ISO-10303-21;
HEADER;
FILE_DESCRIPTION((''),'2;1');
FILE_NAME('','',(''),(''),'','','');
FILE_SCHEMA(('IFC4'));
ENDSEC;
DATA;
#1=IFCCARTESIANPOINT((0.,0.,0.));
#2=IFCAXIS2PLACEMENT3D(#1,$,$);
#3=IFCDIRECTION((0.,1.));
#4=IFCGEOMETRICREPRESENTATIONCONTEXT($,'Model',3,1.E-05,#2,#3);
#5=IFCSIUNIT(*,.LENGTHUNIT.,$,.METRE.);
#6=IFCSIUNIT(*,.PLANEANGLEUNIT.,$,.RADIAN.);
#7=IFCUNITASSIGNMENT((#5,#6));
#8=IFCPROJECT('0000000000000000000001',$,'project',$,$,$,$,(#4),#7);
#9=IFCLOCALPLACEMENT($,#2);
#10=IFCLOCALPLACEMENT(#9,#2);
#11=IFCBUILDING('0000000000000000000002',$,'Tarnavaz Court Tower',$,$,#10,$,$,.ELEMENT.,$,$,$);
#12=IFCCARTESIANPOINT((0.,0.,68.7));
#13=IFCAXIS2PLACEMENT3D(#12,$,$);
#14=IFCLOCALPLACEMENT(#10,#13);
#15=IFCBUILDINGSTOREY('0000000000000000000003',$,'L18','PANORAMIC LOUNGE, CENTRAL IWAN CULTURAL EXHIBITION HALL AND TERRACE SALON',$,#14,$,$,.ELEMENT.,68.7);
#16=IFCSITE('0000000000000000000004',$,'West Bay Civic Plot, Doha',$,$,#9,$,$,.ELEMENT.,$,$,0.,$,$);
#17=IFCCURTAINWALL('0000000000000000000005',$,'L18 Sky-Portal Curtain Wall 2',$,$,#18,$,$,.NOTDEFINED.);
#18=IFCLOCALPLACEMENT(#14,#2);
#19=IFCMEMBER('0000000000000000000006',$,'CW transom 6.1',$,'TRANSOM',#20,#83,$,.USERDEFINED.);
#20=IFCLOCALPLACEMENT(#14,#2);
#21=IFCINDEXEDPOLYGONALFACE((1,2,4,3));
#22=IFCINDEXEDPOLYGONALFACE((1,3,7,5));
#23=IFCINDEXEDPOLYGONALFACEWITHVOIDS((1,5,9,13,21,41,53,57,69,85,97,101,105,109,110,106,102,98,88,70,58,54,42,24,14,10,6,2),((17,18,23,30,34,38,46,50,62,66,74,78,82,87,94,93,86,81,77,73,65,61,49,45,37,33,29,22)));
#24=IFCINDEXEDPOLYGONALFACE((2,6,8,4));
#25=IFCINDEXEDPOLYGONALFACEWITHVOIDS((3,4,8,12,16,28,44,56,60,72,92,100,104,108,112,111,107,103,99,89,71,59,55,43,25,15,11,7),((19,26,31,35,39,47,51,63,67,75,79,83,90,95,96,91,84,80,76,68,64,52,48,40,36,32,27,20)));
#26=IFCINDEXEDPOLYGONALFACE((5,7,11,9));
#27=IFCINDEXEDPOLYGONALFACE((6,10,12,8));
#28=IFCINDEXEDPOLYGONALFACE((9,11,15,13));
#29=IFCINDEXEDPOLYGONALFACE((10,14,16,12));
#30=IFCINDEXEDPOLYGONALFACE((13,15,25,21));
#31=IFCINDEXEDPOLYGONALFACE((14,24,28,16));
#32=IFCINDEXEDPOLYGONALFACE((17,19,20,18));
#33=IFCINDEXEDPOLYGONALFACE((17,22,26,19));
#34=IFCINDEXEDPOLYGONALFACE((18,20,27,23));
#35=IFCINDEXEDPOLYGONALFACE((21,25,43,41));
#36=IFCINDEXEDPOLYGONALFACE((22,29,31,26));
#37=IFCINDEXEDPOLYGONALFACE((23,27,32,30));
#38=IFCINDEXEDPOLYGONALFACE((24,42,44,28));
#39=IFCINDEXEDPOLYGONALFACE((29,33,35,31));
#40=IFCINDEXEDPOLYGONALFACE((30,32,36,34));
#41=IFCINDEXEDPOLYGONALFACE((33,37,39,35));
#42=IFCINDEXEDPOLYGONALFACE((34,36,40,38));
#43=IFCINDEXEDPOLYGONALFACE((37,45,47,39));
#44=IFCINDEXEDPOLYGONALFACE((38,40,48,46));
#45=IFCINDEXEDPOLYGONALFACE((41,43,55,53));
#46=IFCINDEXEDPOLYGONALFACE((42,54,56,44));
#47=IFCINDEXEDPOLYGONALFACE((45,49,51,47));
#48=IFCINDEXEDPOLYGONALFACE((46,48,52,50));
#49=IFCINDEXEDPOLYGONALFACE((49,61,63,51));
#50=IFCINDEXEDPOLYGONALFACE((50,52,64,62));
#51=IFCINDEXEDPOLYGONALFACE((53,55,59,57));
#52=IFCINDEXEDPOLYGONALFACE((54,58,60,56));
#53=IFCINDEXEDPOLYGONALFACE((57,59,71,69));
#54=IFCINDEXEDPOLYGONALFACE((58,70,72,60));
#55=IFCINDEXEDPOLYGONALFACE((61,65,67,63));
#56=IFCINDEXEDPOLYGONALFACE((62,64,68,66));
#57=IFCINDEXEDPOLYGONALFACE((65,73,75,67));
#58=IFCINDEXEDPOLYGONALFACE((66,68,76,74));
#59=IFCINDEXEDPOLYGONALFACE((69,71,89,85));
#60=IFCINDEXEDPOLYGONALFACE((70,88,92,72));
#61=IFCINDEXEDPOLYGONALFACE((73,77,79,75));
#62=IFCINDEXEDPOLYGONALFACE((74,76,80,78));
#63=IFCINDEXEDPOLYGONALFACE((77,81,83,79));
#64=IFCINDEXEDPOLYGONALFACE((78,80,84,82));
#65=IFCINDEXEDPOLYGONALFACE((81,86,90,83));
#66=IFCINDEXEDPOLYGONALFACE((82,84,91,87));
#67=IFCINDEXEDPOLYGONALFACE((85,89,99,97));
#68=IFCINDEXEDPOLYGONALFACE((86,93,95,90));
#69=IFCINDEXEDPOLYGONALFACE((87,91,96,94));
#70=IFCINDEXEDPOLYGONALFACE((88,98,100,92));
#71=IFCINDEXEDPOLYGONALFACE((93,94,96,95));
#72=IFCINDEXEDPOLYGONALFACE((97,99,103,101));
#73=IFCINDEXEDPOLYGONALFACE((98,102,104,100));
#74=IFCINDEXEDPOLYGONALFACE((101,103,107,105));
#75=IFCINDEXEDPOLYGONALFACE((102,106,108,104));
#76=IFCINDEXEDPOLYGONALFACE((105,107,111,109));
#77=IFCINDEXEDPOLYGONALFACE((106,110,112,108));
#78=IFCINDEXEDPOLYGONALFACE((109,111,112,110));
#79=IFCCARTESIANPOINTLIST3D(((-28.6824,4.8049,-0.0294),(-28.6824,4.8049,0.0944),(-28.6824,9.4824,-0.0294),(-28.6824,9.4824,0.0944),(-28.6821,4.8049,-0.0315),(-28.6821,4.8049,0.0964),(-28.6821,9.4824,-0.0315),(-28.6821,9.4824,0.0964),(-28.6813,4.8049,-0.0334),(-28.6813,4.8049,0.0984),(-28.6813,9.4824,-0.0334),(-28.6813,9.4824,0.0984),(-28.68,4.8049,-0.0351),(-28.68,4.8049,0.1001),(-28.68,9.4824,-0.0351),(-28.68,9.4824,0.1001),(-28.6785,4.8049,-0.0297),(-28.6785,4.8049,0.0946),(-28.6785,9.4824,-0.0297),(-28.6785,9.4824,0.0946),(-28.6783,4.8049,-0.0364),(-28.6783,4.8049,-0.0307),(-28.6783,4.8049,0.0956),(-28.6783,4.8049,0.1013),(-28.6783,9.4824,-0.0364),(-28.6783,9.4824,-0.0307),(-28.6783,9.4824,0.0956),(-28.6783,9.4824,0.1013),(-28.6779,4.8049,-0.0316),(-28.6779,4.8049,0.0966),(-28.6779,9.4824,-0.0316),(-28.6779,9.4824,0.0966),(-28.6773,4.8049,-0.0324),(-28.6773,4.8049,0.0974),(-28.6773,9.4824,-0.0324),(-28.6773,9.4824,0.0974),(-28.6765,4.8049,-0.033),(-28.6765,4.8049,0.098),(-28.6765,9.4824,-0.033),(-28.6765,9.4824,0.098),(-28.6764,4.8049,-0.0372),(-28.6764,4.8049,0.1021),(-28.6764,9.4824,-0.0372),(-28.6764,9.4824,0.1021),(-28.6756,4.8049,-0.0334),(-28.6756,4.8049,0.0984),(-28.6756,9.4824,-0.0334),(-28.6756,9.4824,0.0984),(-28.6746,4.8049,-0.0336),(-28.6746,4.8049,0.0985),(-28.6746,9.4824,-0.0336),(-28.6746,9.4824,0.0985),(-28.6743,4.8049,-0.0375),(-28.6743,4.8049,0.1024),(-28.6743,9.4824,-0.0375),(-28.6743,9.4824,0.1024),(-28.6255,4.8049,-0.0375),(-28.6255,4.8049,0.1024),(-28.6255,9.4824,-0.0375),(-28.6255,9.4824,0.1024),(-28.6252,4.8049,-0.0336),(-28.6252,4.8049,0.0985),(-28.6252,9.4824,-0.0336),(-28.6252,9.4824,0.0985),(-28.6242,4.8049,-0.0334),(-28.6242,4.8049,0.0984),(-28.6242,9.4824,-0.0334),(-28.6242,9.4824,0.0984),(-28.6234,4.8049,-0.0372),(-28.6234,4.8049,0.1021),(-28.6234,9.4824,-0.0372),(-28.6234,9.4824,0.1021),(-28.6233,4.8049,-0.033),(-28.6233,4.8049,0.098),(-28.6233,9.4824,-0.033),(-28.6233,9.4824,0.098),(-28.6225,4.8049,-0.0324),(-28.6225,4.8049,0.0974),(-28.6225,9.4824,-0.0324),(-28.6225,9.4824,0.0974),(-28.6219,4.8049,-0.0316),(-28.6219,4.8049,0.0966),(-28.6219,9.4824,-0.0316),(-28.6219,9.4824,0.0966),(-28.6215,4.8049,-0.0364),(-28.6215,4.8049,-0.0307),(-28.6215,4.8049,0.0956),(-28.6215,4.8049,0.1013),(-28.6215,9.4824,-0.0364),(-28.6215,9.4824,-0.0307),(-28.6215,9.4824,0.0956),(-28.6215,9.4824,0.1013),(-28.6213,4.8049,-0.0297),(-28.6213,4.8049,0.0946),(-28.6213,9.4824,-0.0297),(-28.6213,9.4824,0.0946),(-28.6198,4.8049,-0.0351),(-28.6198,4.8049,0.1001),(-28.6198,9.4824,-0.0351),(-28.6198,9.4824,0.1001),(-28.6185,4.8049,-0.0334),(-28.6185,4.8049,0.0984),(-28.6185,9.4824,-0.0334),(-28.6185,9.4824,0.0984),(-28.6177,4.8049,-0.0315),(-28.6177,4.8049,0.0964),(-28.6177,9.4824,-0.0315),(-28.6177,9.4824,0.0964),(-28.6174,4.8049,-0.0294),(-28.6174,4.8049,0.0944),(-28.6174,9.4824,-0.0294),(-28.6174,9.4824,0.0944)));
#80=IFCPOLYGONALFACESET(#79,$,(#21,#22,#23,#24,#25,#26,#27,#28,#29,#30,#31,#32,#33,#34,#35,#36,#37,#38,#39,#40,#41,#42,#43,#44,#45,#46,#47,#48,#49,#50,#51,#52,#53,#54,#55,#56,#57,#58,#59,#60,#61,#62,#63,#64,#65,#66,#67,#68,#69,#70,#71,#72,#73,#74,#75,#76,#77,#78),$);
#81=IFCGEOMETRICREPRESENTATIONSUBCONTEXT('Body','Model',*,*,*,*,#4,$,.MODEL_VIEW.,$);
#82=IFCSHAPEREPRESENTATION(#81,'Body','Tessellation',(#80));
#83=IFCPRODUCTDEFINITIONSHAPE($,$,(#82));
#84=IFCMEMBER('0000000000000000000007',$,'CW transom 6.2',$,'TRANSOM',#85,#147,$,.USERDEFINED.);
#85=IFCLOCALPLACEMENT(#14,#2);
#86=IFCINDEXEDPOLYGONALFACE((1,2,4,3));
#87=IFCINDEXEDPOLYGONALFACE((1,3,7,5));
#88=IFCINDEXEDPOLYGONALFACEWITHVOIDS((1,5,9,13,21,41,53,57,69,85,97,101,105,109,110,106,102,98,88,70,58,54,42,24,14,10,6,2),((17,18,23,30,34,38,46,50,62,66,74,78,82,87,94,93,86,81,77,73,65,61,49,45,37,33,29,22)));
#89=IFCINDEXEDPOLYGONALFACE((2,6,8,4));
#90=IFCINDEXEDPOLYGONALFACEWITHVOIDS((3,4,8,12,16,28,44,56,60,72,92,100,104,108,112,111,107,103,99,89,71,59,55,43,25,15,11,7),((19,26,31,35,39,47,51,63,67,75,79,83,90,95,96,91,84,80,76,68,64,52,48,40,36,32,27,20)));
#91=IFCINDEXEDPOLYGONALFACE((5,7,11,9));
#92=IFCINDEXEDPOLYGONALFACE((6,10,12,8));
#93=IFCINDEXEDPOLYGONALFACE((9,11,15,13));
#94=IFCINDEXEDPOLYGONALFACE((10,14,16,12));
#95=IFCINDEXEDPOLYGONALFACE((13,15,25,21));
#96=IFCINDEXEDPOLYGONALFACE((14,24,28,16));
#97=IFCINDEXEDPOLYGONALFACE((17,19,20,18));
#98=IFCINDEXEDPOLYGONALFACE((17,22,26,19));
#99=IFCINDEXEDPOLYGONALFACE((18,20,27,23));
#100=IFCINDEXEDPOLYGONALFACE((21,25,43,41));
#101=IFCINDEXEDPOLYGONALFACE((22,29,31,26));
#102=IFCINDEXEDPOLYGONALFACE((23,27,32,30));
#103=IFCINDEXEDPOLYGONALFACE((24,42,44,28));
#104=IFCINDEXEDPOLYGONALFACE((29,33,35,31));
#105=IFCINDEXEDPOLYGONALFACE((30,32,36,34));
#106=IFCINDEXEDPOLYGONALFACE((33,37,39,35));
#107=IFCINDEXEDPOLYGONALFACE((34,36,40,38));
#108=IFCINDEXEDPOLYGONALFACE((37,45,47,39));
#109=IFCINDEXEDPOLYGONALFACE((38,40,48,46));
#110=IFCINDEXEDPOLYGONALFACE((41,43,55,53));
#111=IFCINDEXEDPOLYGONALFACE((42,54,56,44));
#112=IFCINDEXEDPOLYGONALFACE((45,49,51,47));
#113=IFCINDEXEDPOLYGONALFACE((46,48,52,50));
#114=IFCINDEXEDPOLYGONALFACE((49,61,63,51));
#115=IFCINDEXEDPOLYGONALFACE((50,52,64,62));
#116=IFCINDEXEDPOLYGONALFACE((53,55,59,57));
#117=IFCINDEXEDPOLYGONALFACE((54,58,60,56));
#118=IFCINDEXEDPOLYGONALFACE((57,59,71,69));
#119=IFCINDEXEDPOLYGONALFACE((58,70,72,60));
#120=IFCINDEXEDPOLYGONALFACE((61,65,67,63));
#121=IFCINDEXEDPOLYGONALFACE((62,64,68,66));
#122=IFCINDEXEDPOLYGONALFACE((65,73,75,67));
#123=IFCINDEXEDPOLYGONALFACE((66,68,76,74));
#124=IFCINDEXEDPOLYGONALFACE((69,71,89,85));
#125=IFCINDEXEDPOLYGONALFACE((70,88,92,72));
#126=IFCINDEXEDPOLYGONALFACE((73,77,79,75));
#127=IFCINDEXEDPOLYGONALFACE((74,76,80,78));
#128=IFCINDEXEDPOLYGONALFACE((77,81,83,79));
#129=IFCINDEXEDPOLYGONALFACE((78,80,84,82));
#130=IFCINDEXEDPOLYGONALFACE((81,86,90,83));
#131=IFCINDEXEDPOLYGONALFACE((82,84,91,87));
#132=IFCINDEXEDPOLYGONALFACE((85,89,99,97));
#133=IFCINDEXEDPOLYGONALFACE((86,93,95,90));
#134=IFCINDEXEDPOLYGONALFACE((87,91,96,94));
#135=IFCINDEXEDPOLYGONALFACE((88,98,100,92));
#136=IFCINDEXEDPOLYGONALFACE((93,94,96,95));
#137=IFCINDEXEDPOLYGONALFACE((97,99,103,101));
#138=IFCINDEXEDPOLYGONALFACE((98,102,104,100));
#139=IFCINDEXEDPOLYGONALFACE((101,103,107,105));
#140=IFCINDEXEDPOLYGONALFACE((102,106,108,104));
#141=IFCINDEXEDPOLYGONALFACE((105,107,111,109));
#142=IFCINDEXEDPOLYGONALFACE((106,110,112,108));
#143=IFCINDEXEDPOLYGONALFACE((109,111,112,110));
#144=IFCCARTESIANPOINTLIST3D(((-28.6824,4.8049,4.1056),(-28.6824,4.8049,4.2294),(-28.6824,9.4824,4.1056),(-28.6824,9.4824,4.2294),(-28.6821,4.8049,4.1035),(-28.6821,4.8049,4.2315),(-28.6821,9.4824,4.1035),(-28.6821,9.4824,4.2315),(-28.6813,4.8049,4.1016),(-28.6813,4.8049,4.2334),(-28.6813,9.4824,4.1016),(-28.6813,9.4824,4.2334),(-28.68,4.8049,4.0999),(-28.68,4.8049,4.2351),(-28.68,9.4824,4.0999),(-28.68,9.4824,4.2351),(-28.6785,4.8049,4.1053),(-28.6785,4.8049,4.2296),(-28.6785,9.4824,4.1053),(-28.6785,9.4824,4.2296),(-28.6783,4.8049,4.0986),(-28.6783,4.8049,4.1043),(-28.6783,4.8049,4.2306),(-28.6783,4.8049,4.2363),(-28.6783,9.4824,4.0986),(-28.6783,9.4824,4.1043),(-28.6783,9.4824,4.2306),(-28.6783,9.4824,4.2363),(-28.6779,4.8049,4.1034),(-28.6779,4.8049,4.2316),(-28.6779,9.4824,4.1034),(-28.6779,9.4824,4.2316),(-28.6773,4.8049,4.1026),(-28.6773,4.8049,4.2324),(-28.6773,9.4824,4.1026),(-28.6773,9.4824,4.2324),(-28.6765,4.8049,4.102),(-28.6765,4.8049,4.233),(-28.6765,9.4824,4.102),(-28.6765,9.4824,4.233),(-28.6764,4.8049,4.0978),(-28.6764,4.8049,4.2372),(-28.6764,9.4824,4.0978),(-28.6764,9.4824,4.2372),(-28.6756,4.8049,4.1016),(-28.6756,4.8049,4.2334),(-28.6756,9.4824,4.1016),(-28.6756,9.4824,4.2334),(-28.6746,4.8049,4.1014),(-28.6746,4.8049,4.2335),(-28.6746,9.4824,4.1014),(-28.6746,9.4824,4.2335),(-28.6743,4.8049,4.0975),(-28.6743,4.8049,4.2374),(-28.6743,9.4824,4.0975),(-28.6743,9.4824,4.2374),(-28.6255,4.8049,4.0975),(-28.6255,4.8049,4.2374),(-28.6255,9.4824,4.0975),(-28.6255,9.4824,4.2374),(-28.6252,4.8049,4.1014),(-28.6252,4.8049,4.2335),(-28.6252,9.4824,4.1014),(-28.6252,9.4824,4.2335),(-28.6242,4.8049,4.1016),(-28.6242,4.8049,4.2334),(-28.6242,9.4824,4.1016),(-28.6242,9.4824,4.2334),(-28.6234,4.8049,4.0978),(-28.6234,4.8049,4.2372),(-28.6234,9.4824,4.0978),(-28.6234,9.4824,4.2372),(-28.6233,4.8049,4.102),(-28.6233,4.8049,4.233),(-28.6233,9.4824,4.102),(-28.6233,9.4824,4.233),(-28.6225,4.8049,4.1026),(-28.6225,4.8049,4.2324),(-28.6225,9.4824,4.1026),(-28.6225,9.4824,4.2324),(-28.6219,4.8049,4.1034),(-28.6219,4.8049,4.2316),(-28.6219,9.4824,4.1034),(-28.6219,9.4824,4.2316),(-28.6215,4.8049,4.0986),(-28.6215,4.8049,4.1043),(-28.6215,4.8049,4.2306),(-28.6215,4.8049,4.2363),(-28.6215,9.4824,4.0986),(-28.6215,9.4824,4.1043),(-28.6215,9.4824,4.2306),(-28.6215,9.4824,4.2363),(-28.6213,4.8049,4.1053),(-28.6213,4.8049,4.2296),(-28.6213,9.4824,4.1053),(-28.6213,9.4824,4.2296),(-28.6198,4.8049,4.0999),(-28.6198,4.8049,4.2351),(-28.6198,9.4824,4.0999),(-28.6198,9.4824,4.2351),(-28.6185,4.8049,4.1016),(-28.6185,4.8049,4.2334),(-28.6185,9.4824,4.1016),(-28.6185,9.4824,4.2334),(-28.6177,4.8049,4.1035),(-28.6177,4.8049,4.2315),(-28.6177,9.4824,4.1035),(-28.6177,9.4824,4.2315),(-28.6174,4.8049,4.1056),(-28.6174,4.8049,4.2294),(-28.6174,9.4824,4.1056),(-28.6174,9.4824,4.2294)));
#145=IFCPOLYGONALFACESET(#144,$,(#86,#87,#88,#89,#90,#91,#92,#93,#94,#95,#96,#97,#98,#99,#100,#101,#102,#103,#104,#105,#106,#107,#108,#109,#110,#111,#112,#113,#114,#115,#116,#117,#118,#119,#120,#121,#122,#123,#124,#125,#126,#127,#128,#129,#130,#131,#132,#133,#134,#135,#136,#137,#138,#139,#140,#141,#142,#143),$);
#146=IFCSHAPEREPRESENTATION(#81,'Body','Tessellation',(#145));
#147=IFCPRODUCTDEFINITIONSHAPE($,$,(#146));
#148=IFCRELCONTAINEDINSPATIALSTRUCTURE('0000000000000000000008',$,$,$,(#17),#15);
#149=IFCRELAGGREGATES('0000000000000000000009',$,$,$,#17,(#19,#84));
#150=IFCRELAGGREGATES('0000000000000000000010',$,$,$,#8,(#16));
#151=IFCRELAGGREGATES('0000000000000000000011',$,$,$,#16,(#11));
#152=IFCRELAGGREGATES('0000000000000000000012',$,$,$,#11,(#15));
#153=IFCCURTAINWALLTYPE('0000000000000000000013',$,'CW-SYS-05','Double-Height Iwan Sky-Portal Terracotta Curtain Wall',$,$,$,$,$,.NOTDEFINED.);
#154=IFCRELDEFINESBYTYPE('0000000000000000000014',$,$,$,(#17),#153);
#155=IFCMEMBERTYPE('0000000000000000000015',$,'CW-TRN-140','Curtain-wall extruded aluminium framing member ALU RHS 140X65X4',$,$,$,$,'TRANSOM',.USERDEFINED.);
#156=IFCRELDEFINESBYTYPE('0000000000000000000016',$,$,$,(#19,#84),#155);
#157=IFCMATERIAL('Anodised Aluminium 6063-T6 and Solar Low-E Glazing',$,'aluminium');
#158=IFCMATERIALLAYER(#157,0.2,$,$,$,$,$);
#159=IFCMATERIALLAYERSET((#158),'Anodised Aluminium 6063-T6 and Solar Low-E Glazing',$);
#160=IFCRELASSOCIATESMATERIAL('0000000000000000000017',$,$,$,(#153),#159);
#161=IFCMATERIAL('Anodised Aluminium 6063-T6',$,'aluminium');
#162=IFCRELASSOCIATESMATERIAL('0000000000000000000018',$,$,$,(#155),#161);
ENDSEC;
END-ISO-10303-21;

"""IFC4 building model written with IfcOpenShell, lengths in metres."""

from ifc_helpers import new_model, si_unit, direction, frame, origin, origin_2d, place, context, subcontext, project, spatial, hollow_rectangle, extrude, material, layer, layer_set, material_profile, profile_set, type_object, element, aggregate, save


model = new_model("IFC4")

# Units and contexts
model_context = context("Model", 3, precision=1e-05, world=origin(), true_north=direction((0.0, 1.0)))
body_context = subcontext(model_context, "Body", "Model", "MODEL_VIEW")
ifc_project = project(units=[si_unit("LENGTHUNIT", "METRE"), si_unit("PLANEANGLEUNIT", "RADIAN")], contexts=[model_context])

# Site, building, storey
site_placement = place(None, origin())
site = spatial("IfcSite", under=ifc_project, at=site_placement, Name="West Bay Civic Plot, Doha", CompositionType="ELEMENT", RefElevation=0.0)
building_placement = place(site_placement, origin())
building = spatial("IfcBuilding", under=site, at=building_placement, Name="Tarnavaz Court Tower", CompositionType="ELEMENT")
storey_placement = place(building_placement, frame((0.0, 0.0, 68.7)))
storey = spatial("IfcBuildingStorey", under=building, at=storey_placement, Name="L18", Description="PANORAMIC LOUNGE, CENTRAL IWAN CULTURAL EXHIBITION HALL AND TERRACE SALON", CompositionType="ELEMENT", Elevation=68.7)

# Curtain wall, members
ifc_material_1 = material(Name="Anodised Aluminium 6063-T6 and Solar Low-E Glazing", Category="aluminium")
ifc_layer_1 = layer(ifc_material_1, 0.2)
ifc_layer_set_1 = layer_set([ifc_layer_1], Name="Anodised Aluminium 6063-T6 and Solar Low-E Glazing")
curtain_wall_type = type_object("IfcCurtainWallType", Name="CW-SYS-05", Description="Double-Height Iwan Sky-Portal Terracotta Curtain Wall", PredefinedType="NOTDEFINED", material=ifc_layer_set_1)
curtain_wall_placement = place(storey_placement, origin())
curtain_wall = element("IfcCurtainWall", 1, at=curtain_wall_placement, inside=storey, type_object=curtain_wall_type, Name="L18 Sky-Portal Curtain Wall 2", PredefinedType="NOTDEFINED")
ifc_material_2 = material(Name="Anodised Aluminium 6063-T6", Category="aluminium")
ifc_material_profile_1 = material_profile(ifc_material_2, hollow_rectangle(XDim=0.0649, YDim=0.1399, WallThickness=0.0039, InnerFilletRadius=0.0039, OuterFilletRadius=0.0081, at=origin_2d()), Name="ALU RHS 140X65X4")
ifc_profile_set_1 = profile_set([ifc_material_profile_1], Name="Anodised Aluminium 6063-T6")
member_type_1 = type_object("IfcMemberType", Name="CW-TRN-140", Description="Curtain-wall extruded aluminium framing member ALU RHS 140X65X4", ElementType="TRANSOM", PredefinedType="USERDEFINED", material=ifc_profile_set_1)
member_1_placement = place(storey_placement, frame((-28.6499, 4.8049, 0.0325), z_axis=(0.0, 1.0, 0.0), x_axis=(-1.0, 0.0, 0.0)))
member_1 = element("IfcMember", 2, at=member_1_placement, type_object=member_type_1, Name="CW transom 6.1", ObjectType="TRANSOM", PredefinedType="USERDEFINED", context=body_context, shape_type="SweptSolid", body=[
    extrude(hollow_rectangle(XDim=0.0649, YDim=0.1399, WallThickness=0.0039, InnerFilletRadius=0.0039, OuterFilletRadius=0.0081, at=origin_2d()), origin(), (0.0, 0.0, 1.0), 4.6775),
])
member_2_placement = place(storey_placement, frame((-28.6499, 4.8049, 4.1675), z_axis=(0.0, 1.0, 0.0), x_axis=(-1.0, 0.0, 0.0)))
member_2 = element("IfcMember", 3, at=member_2_placement, type_object=member_type_1, Name="CW transom 6.2", ObjectType="TRANSOM", PredefinedType="USERDEFINED", context=body_context, shape_type="SweptSolid", body=[
    extrude(hollow_rectangle(XDim=0.0649, YDim=0.1399, WallThickness=0.0039, InnerFilletRadius=0.0039, OuterFilletRadius=0.0081, at=origin_2d()), origin(), (0.0, 0.0, 1.0), 4.6775),
])
aggregate(curtain_wall, [member_1, member_2])

save(model, "model.ifc")
